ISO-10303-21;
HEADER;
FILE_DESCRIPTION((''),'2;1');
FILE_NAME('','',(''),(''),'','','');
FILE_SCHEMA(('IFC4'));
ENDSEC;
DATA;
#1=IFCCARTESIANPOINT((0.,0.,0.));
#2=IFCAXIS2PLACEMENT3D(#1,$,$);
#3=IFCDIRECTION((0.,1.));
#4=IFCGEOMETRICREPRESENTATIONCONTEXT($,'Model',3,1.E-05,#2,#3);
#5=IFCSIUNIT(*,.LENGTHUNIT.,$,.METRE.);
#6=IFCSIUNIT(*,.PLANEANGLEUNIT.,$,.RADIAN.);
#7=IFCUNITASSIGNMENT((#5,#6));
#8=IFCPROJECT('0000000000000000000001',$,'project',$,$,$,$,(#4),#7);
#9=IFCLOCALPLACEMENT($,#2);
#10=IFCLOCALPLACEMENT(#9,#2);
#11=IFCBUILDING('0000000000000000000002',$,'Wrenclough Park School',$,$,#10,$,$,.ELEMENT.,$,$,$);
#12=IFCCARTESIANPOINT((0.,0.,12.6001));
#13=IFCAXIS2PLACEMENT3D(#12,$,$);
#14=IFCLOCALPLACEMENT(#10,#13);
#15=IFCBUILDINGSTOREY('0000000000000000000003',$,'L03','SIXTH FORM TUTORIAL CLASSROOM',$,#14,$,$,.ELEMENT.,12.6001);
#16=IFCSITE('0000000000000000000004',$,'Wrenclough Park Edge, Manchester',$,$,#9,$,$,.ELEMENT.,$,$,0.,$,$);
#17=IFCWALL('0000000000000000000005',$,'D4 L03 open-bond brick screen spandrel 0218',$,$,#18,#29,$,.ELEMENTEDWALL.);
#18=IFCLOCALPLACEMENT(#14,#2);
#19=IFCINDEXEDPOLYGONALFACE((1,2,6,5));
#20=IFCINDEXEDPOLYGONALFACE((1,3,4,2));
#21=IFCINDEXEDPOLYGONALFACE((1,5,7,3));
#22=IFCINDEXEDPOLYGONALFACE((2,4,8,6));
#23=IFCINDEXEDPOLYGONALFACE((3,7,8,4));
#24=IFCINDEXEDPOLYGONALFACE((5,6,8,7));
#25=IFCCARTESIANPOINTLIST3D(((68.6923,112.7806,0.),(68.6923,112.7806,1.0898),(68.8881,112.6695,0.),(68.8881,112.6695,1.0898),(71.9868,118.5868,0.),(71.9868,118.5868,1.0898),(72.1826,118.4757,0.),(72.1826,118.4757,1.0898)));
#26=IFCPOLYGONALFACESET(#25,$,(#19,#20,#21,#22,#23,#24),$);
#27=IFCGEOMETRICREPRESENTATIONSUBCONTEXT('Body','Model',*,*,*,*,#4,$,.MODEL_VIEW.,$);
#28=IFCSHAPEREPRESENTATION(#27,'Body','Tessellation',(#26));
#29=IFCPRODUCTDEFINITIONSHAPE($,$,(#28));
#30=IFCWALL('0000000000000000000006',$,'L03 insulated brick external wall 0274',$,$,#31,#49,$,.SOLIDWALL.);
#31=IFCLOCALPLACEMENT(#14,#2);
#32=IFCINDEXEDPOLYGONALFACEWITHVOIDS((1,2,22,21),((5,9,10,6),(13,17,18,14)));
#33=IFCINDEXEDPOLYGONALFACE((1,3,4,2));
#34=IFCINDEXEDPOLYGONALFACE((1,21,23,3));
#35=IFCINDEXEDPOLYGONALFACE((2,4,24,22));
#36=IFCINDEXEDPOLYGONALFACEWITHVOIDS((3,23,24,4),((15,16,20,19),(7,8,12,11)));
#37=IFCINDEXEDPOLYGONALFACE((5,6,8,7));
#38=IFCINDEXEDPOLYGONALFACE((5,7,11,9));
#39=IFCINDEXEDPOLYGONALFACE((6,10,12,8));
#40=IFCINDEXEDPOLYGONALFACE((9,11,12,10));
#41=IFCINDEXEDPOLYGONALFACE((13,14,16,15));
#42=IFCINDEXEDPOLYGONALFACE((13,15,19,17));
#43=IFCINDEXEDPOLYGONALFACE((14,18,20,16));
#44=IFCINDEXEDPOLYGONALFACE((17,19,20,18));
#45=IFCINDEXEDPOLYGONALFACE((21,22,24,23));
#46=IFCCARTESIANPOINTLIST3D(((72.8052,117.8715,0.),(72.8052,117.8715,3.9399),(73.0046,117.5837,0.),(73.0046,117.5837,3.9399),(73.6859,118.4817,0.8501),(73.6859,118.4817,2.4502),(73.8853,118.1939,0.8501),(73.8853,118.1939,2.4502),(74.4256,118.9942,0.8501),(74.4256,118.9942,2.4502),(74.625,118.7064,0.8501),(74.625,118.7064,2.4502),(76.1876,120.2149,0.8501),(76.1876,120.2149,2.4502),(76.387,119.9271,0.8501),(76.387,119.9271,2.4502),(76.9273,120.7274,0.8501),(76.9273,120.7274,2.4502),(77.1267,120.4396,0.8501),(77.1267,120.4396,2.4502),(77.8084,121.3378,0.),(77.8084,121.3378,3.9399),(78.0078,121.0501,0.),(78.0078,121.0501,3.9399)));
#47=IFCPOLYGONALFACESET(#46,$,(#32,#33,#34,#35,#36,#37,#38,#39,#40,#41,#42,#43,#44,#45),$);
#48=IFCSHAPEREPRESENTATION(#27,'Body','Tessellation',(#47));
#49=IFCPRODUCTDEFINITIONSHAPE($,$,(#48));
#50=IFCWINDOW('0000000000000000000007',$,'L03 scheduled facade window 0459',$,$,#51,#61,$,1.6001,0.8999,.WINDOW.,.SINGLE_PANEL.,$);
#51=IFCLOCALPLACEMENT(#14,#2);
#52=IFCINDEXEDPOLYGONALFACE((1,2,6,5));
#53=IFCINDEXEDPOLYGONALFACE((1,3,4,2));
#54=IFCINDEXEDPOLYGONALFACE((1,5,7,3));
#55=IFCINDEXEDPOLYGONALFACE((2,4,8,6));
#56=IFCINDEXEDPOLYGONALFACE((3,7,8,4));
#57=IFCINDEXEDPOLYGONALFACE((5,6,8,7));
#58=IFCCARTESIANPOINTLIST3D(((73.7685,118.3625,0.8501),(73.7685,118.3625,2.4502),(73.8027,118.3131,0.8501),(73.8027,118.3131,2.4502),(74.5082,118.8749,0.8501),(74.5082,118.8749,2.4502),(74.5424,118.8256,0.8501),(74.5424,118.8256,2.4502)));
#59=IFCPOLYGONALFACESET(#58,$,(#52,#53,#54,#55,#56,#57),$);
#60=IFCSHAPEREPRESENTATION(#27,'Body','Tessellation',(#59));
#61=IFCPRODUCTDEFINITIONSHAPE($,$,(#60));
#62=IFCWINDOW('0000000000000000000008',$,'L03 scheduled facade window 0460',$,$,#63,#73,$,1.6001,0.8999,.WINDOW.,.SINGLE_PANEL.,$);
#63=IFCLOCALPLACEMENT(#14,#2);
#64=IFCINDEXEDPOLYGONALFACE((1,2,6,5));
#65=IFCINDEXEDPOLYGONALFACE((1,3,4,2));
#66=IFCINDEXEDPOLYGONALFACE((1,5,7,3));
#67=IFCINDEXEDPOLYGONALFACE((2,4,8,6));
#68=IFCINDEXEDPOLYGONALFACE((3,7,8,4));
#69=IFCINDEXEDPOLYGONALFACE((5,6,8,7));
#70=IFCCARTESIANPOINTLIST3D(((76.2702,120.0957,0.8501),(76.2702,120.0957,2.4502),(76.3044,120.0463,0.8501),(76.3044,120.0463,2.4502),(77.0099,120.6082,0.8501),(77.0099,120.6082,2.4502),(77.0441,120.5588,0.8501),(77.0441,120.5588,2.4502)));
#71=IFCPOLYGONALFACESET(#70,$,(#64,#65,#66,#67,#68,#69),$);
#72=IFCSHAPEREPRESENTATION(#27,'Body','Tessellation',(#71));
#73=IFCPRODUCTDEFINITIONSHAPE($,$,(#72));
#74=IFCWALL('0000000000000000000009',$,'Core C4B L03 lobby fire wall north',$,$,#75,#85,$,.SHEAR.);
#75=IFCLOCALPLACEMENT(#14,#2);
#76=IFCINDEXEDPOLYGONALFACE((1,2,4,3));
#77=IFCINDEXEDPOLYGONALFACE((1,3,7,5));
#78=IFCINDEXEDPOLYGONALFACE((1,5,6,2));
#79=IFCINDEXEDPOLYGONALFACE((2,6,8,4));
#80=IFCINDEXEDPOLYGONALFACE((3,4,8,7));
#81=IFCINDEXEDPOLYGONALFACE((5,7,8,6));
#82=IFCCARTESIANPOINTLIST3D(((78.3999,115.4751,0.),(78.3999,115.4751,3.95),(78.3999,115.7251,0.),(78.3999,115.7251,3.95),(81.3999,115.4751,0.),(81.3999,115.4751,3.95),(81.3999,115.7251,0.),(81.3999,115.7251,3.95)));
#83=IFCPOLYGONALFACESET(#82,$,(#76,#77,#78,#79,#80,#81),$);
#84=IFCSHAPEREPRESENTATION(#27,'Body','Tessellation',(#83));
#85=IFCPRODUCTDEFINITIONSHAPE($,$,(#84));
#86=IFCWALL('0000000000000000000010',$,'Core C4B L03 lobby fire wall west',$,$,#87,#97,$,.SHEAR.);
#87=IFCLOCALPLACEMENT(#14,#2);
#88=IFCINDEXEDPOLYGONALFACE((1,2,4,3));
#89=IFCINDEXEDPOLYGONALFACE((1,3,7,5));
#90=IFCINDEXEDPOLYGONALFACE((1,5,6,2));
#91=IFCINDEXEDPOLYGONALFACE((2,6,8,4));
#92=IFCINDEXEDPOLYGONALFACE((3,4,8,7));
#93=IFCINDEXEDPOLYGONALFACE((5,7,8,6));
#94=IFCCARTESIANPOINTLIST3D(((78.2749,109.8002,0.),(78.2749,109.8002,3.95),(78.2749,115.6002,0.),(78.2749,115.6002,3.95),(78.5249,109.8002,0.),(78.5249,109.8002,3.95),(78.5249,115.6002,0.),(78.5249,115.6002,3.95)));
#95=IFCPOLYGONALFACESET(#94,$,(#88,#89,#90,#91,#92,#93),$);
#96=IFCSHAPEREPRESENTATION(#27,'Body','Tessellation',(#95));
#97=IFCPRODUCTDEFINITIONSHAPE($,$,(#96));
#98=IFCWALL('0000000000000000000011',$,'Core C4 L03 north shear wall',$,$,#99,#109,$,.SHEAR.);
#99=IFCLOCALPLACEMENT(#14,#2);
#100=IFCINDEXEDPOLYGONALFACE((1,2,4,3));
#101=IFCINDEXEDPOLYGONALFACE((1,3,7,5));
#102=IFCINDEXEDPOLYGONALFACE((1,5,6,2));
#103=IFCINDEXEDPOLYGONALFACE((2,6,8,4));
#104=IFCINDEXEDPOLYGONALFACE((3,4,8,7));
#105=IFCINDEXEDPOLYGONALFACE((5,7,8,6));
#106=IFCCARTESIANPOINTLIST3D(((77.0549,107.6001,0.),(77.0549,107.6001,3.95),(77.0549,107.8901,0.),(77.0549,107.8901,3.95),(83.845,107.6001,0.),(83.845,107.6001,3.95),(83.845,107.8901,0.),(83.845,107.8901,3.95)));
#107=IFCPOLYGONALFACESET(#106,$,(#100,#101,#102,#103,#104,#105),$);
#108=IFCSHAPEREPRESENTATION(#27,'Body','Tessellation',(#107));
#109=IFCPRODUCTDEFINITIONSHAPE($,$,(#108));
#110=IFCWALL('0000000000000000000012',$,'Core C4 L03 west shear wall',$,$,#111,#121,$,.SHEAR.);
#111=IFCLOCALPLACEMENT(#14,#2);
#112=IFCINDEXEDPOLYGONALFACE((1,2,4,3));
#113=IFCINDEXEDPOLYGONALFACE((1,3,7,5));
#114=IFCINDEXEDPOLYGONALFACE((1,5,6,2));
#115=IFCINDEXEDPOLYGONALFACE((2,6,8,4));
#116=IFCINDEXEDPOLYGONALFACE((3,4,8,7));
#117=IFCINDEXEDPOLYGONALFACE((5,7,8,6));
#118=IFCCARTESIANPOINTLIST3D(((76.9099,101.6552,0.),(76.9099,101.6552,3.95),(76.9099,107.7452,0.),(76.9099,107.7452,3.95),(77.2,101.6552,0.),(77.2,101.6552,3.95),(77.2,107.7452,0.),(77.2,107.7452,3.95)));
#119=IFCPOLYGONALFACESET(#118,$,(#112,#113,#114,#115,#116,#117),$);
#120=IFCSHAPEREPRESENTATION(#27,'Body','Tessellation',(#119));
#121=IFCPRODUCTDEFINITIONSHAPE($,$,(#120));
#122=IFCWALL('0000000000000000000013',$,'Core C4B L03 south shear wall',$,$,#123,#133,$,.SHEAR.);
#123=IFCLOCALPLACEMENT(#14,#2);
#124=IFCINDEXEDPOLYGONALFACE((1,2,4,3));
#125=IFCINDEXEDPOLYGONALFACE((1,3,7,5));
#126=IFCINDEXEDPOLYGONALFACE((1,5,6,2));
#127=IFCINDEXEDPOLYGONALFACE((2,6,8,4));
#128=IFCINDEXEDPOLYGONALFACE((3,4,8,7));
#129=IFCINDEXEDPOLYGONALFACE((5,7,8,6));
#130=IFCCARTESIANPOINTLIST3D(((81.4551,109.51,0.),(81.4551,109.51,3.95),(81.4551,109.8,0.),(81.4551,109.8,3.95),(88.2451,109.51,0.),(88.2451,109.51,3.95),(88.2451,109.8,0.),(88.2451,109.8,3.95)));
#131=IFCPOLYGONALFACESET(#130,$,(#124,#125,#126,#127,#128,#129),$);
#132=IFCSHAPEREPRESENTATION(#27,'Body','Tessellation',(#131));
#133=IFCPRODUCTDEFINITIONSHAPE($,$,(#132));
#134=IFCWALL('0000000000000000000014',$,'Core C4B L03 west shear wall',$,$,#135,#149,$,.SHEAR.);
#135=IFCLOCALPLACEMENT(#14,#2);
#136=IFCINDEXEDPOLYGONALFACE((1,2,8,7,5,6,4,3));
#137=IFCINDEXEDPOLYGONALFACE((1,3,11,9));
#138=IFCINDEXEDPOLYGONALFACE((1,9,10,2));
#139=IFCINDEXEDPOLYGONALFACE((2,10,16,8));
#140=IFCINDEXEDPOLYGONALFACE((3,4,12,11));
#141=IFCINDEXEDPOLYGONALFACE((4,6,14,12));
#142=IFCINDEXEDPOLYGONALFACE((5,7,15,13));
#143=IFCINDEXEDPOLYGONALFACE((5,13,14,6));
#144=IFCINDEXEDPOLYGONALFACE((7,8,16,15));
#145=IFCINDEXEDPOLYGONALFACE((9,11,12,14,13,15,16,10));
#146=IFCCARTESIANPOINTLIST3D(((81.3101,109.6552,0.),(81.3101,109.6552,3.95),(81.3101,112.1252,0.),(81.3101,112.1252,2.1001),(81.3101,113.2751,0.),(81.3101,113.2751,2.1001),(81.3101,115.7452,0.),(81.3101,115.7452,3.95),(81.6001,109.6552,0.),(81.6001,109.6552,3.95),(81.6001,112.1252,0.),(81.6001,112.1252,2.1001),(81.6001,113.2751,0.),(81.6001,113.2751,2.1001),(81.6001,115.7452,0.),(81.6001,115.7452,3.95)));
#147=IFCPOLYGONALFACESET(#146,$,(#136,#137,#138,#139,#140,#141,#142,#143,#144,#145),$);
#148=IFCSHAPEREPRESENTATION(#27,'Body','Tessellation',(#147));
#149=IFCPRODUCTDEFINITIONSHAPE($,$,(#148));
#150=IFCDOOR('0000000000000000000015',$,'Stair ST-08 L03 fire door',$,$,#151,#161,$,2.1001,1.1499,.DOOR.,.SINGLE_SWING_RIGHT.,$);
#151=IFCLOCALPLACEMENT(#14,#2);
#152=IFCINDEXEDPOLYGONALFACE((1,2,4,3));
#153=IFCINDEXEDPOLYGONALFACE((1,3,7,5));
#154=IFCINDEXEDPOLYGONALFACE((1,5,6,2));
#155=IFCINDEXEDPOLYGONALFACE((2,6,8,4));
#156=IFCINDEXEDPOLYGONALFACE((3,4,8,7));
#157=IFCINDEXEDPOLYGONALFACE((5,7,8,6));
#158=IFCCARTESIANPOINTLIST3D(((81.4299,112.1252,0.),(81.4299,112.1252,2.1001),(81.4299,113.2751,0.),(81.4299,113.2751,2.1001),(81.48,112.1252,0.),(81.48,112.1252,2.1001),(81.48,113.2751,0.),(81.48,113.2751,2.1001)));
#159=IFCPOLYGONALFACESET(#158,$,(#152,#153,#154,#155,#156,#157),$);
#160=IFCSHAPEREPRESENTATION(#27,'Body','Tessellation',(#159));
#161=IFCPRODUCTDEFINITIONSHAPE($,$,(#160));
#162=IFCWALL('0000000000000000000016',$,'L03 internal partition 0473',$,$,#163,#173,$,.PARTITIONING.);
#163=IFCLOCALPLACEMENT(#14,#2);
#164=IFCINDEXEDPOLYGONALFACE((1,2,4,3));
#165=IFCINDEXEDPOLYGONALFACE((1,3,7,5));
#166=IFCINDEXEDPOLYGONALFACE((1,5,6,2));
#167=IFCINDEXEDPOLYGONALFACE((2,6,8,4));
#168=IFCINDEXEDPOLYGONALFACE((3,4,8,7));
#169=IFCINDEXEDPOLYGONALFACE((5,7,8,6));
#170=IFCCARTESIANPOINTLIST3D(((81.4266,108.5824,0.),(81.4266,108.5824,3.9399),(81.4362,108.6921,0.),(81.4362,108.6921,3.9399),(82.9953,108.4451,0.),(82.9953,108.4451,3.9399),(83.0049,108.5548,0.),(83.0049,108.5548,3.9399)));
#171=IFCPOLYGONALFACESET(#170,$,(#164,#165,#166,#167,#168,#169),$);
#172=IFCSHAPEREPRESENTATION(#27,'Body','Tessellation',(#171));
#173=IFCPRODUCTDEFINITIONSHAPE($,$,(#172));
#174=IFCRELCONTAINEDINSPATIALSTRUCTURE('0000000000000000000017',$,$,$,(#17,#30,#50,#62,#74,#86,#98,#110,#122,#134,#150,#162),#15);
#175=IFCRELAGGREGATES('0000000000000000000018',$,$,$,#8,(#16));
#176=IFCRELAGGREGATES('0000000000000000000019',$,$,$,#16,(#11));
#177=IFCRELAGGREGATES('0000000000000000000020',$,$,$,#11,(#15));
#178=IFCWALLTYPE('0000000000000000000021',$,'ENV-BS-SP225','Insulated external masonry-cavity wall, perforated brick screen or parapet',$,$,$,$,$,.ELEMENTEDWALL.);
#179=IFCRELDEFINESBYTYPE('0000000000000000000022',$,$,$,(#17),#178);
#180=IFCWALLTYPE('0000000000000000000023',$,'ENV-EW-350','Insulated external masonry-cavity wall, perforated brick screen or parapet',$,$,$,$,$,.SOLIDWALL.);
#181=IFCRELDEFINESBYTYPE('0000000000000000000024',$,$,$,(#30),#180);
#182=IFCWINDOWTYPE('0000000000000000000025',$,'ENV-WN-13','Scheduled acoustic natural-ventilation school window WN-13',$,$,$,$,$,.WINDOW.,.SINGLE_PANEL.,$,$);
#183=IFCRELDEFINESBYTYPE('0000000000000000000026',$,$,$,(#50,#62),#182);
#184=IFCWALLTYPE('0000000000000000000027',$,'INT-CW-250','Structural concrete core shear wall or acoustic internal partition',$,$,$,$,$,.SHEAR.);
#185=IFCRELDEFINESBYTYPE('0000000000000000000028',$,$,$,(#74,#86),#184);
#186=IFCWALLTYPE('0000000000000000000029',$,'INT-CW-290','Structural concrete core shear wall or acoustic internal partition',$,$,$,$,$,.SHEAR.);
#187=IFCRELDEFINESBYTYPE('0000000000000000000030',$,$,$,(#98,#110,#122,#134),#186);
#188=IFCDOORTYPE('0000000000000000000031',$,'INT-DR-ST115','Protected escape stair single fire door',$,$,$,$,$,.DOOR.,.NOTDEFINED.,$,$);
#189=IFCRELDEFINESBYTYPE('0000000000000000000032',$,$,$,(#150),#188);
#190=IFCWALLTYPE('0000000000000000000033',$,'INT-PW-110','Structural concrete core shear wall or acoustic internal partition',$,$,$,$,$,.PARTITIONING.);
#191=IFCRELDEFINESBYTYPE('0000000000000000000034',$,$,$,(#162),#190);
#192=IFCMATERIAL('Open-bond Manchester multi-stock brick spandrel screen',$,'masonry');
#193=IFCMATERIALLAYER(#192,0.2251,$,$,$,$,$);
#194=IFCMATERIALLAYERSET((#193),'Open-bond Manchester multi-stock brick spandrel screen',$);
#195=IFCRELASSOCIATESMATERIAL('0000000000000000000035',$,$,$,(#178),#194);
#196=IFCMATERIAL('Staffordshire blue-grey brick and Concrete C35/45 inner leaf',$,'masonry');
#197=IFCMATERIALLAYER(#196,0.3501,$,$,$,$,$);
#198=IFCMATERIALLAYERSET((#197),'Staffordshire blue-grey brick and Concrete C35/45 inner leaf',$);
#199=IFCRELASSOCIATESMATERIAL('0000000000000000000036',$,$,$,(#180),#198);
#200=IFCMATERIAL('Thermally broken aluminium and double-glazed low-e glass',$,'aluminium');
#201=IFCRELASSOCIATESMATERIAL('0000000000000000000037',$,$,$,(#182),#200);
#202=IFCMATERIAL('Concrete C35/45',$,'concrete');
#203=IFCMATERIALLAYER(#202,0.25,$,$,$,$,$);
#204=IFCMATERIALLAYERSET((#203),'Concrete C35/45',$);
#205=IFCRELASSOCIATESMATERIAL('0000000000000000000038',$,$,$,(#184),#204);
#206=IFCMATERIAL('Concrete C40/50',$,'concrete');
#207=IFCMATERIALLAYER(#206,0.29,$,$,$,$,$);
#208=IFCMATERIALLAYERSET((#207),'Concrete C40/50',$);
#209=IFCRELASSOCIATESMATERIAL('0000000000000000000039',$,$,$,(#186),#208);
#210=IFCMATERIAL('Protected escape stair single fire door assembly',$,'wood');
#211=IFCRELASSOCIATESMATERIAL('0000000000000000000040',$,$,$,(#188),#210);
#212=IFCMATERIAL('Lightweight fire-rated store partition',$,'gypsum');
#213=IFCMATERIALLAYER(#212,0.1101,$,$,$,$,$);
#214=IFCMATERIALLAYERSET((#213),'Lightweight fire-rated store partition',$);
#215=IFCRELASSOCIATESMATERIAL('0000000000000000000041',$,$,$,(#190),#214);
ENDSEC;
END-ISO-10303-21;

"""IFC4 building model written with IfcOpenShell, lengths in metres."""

from ifc_helpers import new_model, si_unit, direction, frame, frame_2d, origin, place, context, subcontext, project, spatial, rectangle, extrude, material, layer, layer_set, type_object, element, fill, save


model = new_model("IFC4")

# Units and contexts
model_context = context("Model", 3, precision=1e-05, world=origin(), true_north=direction((0.0, 1.0)))
body_context = subcontext(model_context, "Body", "Model", "MODEL_VIEW")
ifc_project = project(units=[si_unit("LENGTHUNIT", "METRE"), si_unit("PLANEANGLEUNIT", "RADIAN")], contexts=[model_context])

# Site, building, storey
site_placement = place(None, origin())
site = spatial("IfcSite", under=ifc_project, at=site_placement, Name="Wrenclough Park Edge, Manchester", CompositionType="ELEMENT", RefElevation=0.0)
building_placement = place(site_placement, origin())
building = spatial("IfcBuilding", under=site, at=building_placement, Name="Wrenclough Park School", CompositionType="ELEMENT")
storey_placement = place(building_placement, frame((0.0, 0.0, 12.6001)))
storey = spatial("IfcBuildingStorey", under=building, at=storey_placement, Name="L03", Description="SIXTH FORM TUTORIAL CLASSROOM", CompositionType="ELEMENT", Elevation=12.6001)

# Wall
ifc_material_1 = material(Name="Open-bond Manchester multi-stock brick spandrel screen", Category="masonry")
ifc_layer_1 = layer(ifc_material_1, 0.2251)
ifc_layer_set_1 = layer_set([ifc_layer_1], Name="Open-bond Manchester multi-stock brick spandrel screen")
wall_type_1 = type_object("IfcWallType", Name="ENV-BS-SP225", Description="Insulated external masonry-cavity wall, perforated brick screen or parapet", PredefinedType="ELEMENTEDWALL", material=ifc_layer_set_1)
wall_1_placement = place(storey_placement, frame((72.0847, 118.5312, 0.0), z_axis=(0.0, 0.0, 1.0), x_axis=(-0.493498, -0.869747, 0.0)))
element("IfcWall", 1, at=wall_1_placement, inside=storey, type_object=wall_type_1, Name="D4 L03 open-bond brick screen spandrel 0218", PredefinedType="ELEMENTEDWALL", context=body_context, shape_type="SweptSolid", body=[
    extrude(rectangle(XDim=6.6758, YDim=0.2251, at=frame_2d((3.3379, 0.0))), origin(), (0.0, 0.0, 1.0), 1.0898),
])

# Wall, openings, windows
ifc_material_2 = material(Name="Staffordshire blue-grey brick and Concrete C35/45 inner leaf", Category="masonry")
ifc_layer_2 = layer(ifc_material_2, 0.3501)
ifc_layer_set_2 = layer_set([ifc_layer_2], Name="Staffordshire blue-grey brick and Concrete C35/45 inner leaf")
wall_type_2 = type_object("IfcWallType", Name="ENV-EW-350", Description="Insulated external masonry-cavity wall, perforated brick screen or parapet", PredefinedType="SOLIDWALL", material=ifc_layer_set_2)
wall_2_placement = place(storey_placement, frame((72.9048, 117.7275, 0.0), z_axis=(0.0, 0.0, 1.0), x_axis=(0.821994, 0.569496, 0.0)))
wall_2 = element("IfcWall", 2, at=wall_2_placement, inside=storey, type_object=wall_type_2, Name="L03 insulated brick external wall 0274", PredefinedType="SOLIDWALL", context=body_context, shape_type="SweptSolid", body=[
    extrude(rectangle(XDim=6.0867, YDim=0.3501, at=frame_2d((3.0435, 0.0))), origin(), (0.0, 0.0, 1.0), 3.9399),
])
opening_1_placement = place(wall_2_placement, frame((1.0715, 0.0, 0.8501)))
opening_1 = element("IfcOpeningElement", 3, at=opening_1_placement, cuts=wall_2, PredefinedType="OPENING", context=body_context, shape_type="SweptSolid", body=[
    extrude(rectangle(XDim=0.8999, YDim=1.6001, at=frame_2d((0.45, 0.8))), frame((0.0, 0.1851, 0.0), z_axis=(0.0, -1.0, 0.0), x_axis=(1.0, 0.0, 0.0)), (0.0, 0.0, 1.0), 0.3701),
])
opening_2_placement = place(wall_2_placement, frame((4.115, 0.0, 0.8501)))
opening_2 = element("IfcOpeningElement", 4, at=opening_2_placement, cuts=wall_2, PredefinedType="OPENING", context=body_context, shape_type="SweptSolid", body=[
    extrude(rectangle(XDim=0.8999, YDim=1.6001, at=frame_2d((0.45, 0.8))), frame((0.0, 0.1851, 0.0), z_axis=(0.0, -1.0, 0.0), x_axis=(1.0, 0.0, 0.0)), (0.0, 0.0, 1.0), 0.3701),
])
ifc_material_3 = material(Name="Thermally broken aluminium and double-glazed low-e glass", Category="aluminium")
window_type = type_object("IfcWindowType", Name="ENV-WN-13", Description="Scheduled acoustic natural-ventilation school window WN-13", PartitioningType="SINGLE_PANEL", PredefinedType="WINDOW", material=ifc_material_3)
window_1_placement = place(opening_1_placement, origin())
window_1 = element("IfcWindow", 5, at=window_1_placement, inside=storey, type_object=window_type, Name="L03 scheduled facade window 0459", OverallHeight=1.6001, OverallWidth=0.8999, PartitioningType="SINGLE_PANEL", PredefinedType="WINDOW", context=body_context, shape_type="SweptSolid", body=[
    extrude(rectangle(XDim=0.8999, YDim=1.6001, at=frame_2d((0.45, 0.8))), frame((0.0, 0.03, 0.0), z_axis=(0.0, -1.0, 0.0), x_axis=(1.0, 0.0, 0.0)), (0.0, 0.0, 1.0), 0.0601),
])
fill(opening_1, window_1)
window_2_placement = place(opening_2_placement, origin())
window_2 = element("IfcWindow", 6, at=window_2_placement, inside=storey, type_object=window_type, Name="L03 scheduled facade window 0460", OverallHeight=1.6001, OverallWidth=0.8999, PartitioningType="SINGLE_PANEL", PredefinedType="WINDOW", context=body_context, shape_type="SweptSolid", body=[
    extrude(rectangle(XDim=0.8999, YDim=1.6001, at=frame_2d((0.45, 0.8))), frame((0.0, 0.03, 0.0), z_axis=(0.0, -1.0, 0.0), x_axis=(1.0, 0.0, 0.0)), (0.0, 0.0, 1.0), 0.0601),
])
fill(opening_2, window_2)

# Shared definitions
ifc_material_4 = material(Name="Concrete C35/45", Category="concrete")
ifc_layer_3 = layer(ifc_material_4, 0.25)
ifc_layer_set_3 = layer_set([ifc_layer_3], Name="Concrete C35/45")
wall_type_3 = type_object("IfcWallType", Name="INT-CW-250", Description="Structural concrete core shear wall or acoustic internal partition", PredefinedType="SHEAR", material=ifc_layer_set_3)

# Walls
wall_3_placement = place(storey_placement, frame((81.3999, 115.6001, 0.0), z_axis=(0.0, 0.0, 1.0), x_axis=(-1.0, 0.0, 0.0)))
element("IfcWall", 7, at=wall_3_placement, inside=storey, type_object=wall_type_3, Name="Core C4B L03 lobby fire wall north", PredefinedType="SHEAR", context=body_context, shape_type="SweptSolid", body=[
    extrude(rectangle(XDim=3.0, YDim=0.25, at=frame_2d((1.5, 0.0))), origin(), (0.0, 0.0, 1.0), 3.95),
])
wall_4_placement = place(storey_placement, frame((78.3999, 115.6001, 0.0), z_axis=(0.0, 0.0, 1.0), x_axis=(0.0, -1.0, 0.0)))
element("IfcWall", 8, at=wall_4_placement, inside=storey, type_object=wall_type_3, Name="Core C4B L03 lobby fire wall west", PredefinedType="SHEAR", context=body_context, shape_type="SweptSolid", body=[
    extrude(rectangle(XDim=5.8, YDim=0.25, at=frame_2d((2.8999, 0.0))), origin(), (0.0, 0.0, 1.0), 3.95),
])
ifc_material_5 = material(Name="Concrete C40/50", Category="concrete")
ifc_layer_4 = layer(ifc_material_5, 0.29)
ifc_layer_set_4 = layer_set([ifc_layer_4], Name="Concrete C40/50")
wall_type_4 = type_object("IfcWallType", Name="INT-CW-290", Description="Structural concrete core shear wall or acoustic internal partition", PredefinedType="SHEAR", material=ifc_layer_set_4)
wall_5_placement = place(storey_placement, frame((83.845, 107.7451, 0.0), z_axis=(0.0, 0.0, 1.0), x_axis=(-1.0, 0.0, 0.0)))
element("IfcWall", 9, at=wall_5_placement, inside=storey, type_object=wall_type_4, Name="Core C4 L03 north shear wall", PredefinedType="SHEAR", context=body_context, shape_type="SweptSolid", body=[
    extrude(rectangle(XDim=6.79, YDim=0.29, at=frame_2d((3.395, 0.0))), origin(), (0.0, 0.0, 1.0), 3.95),
])
wall_6_placement = place(storey_placement, frame((77.0549, 107.7451, 0.0), z_axis=(0.0, 0.0, 1.0), x_axis=(0.0, -1.0, 0.0)))
element("IfcWall", 10, at=wall_6_placement, inside=storey, type_object=wall_type_4, Name="Core C4 L03 west shear wall", PredefinedType="SHEAR", context=body_context, shape_type="SweptSolid", body=[
    extrude(rectangle(XDim=6.0901, YDim=0.29, at=frame_2d((3.0449, 0.0))), origin(), (0.0, 0.0, 1.0), 3.95),
])
wall_7_placement = place(storey_placement, frame((81.4551, 109.655, 0.0), z_axis=(0.0, 0.0, 1.0), x_axis=(1.0, 0.0, 0.0)))
element("IfcWall", 11, at=wall_7_placement, inside=storey, type_object=wall_type_4, Name="Core C4B L03 south shear wall", PredefinedType="SHEAR", context=body_context, shape_type="SweptSolid", body=[
    extrude(rectangle(XDim=6.79, YDim=0.29, at=frame_2d((3.395, 0.0))), origin(), (0.0, 0.0, 1.0), 3.95),
])

# Wall, opening, door
wall_8_placement = place(storey_placement, frame((81.4551, 115.7451, 0.0), z_axis=(0.0, 0.0, 1.0), x_axis=(0.0, -1.0, 0.0)))
wall_8 = element("IfcWall", 12, at=wall_8_placement, inside=storey, type_object=wall_type_4, Name="Core C4B L03 west shear wall", PredefinedType="SHEAR", context=body_context, shape_type="SweptSolid", body=[
    extrude(rectangle(XDim=6.0901, YDim=0.29, at=frame_2d((3.0449, 0.0))), origin(), (0.0, 0.0, 1.0), 3.95),
])
opening_3_placement = place(wall_8_placement, frame((2.47, 0.0, 0.0)))
opening_3 = element("IfcOpeningElement", 13, at=opening_3_placement, cuts=wall_8, PredefinedType="OPENING", context=body_context, shape_type="SweptSolid", body=[
    extrude(rectangle(XDim=1.1499, YDim=2.1001, at=frame_2d((0.575, 1.05))), frame((0.0, 0.155, 0.0), z_axis=(0.0, -1.0, 0.0), x_axis=(1.0, 0.0, 0.0)), (0.0, 0.0, 1.0), 0.3101),
])
ifc_material_6 = material(Name="Protected escape stair single fire door assembly", Category="wood")
door_type_1 = type_object("IfcDoorType", Name="INT-DR-ST115", Description="Protected escape stair single fire door", OperationType="NOTDEFINED", PredefinedType="DOOR", material=ifc_material_6)
door_1_placement = place(opening_3_placement, origin())
door_1 = element("IfcDoor", 14, at=door_1_placement, inside=storey, type_object=door_type_1, Name="Stair ST-08 L03 fire door", OperationType="SINGLE_SWING_RIGHT", OverallHeight=2.1001, OverallWidth=1.1499, PredefinedType="DOOR", context=body_context, shape_type="SweptSolid", body=[
    extrude(rectangle(XDim=1.1499, YDim=2.1001, at=frame_2d((0.575, 1.05))), frame((0.0, 0.0249, 0.0), z_axis=(0.0, -1.0, 0.0), x_axis=(1.0, 0.0, 0.0)), (0.0, 0.0, 1.0), 0.05),
])
fill(opening_3, door_1)

# Wall
ifc_material_7 = material(Name="Lightweight fire-rated store partition", Category="gypsum")
ifc_layer_5 = layer(ifc_material_7, 0.1101)
ifc_layer_set_5 = layer_set([ifc_layer_5], Name="Lightweight fire-rated store partition")
wall_type_5 = type_object("IfcWallType", Name="INT-PW-110", Description="Structural concrete core shear wall or acoustic internal partition", PredefinedType="PARTITIONING", material=ifc_layer_set_5)
wall_9_placement = place(storey_placement, frame((81.4314, 108.6372, 0.0), z_axis=(0.0, 0.0, 1.0), x_axis=(0.996196, -0.087138, 0.0)))
element("IfcWall", 15, at=wall_9_placement, inside=storey, type_object=wall_type_5, Name="L03 internal partition 0473", PredefinedType="PARTITIONING", context=body_context, shape_type="SweptSolid", body=[
    extrude(rectangle(XDim=1.5747, YDim=0.1101, at=frame_2d((0.7874, 0.0))), origin(), (0.0, 0.0, 1.0), 3.9399),
])

save(model, "model.ifc")
